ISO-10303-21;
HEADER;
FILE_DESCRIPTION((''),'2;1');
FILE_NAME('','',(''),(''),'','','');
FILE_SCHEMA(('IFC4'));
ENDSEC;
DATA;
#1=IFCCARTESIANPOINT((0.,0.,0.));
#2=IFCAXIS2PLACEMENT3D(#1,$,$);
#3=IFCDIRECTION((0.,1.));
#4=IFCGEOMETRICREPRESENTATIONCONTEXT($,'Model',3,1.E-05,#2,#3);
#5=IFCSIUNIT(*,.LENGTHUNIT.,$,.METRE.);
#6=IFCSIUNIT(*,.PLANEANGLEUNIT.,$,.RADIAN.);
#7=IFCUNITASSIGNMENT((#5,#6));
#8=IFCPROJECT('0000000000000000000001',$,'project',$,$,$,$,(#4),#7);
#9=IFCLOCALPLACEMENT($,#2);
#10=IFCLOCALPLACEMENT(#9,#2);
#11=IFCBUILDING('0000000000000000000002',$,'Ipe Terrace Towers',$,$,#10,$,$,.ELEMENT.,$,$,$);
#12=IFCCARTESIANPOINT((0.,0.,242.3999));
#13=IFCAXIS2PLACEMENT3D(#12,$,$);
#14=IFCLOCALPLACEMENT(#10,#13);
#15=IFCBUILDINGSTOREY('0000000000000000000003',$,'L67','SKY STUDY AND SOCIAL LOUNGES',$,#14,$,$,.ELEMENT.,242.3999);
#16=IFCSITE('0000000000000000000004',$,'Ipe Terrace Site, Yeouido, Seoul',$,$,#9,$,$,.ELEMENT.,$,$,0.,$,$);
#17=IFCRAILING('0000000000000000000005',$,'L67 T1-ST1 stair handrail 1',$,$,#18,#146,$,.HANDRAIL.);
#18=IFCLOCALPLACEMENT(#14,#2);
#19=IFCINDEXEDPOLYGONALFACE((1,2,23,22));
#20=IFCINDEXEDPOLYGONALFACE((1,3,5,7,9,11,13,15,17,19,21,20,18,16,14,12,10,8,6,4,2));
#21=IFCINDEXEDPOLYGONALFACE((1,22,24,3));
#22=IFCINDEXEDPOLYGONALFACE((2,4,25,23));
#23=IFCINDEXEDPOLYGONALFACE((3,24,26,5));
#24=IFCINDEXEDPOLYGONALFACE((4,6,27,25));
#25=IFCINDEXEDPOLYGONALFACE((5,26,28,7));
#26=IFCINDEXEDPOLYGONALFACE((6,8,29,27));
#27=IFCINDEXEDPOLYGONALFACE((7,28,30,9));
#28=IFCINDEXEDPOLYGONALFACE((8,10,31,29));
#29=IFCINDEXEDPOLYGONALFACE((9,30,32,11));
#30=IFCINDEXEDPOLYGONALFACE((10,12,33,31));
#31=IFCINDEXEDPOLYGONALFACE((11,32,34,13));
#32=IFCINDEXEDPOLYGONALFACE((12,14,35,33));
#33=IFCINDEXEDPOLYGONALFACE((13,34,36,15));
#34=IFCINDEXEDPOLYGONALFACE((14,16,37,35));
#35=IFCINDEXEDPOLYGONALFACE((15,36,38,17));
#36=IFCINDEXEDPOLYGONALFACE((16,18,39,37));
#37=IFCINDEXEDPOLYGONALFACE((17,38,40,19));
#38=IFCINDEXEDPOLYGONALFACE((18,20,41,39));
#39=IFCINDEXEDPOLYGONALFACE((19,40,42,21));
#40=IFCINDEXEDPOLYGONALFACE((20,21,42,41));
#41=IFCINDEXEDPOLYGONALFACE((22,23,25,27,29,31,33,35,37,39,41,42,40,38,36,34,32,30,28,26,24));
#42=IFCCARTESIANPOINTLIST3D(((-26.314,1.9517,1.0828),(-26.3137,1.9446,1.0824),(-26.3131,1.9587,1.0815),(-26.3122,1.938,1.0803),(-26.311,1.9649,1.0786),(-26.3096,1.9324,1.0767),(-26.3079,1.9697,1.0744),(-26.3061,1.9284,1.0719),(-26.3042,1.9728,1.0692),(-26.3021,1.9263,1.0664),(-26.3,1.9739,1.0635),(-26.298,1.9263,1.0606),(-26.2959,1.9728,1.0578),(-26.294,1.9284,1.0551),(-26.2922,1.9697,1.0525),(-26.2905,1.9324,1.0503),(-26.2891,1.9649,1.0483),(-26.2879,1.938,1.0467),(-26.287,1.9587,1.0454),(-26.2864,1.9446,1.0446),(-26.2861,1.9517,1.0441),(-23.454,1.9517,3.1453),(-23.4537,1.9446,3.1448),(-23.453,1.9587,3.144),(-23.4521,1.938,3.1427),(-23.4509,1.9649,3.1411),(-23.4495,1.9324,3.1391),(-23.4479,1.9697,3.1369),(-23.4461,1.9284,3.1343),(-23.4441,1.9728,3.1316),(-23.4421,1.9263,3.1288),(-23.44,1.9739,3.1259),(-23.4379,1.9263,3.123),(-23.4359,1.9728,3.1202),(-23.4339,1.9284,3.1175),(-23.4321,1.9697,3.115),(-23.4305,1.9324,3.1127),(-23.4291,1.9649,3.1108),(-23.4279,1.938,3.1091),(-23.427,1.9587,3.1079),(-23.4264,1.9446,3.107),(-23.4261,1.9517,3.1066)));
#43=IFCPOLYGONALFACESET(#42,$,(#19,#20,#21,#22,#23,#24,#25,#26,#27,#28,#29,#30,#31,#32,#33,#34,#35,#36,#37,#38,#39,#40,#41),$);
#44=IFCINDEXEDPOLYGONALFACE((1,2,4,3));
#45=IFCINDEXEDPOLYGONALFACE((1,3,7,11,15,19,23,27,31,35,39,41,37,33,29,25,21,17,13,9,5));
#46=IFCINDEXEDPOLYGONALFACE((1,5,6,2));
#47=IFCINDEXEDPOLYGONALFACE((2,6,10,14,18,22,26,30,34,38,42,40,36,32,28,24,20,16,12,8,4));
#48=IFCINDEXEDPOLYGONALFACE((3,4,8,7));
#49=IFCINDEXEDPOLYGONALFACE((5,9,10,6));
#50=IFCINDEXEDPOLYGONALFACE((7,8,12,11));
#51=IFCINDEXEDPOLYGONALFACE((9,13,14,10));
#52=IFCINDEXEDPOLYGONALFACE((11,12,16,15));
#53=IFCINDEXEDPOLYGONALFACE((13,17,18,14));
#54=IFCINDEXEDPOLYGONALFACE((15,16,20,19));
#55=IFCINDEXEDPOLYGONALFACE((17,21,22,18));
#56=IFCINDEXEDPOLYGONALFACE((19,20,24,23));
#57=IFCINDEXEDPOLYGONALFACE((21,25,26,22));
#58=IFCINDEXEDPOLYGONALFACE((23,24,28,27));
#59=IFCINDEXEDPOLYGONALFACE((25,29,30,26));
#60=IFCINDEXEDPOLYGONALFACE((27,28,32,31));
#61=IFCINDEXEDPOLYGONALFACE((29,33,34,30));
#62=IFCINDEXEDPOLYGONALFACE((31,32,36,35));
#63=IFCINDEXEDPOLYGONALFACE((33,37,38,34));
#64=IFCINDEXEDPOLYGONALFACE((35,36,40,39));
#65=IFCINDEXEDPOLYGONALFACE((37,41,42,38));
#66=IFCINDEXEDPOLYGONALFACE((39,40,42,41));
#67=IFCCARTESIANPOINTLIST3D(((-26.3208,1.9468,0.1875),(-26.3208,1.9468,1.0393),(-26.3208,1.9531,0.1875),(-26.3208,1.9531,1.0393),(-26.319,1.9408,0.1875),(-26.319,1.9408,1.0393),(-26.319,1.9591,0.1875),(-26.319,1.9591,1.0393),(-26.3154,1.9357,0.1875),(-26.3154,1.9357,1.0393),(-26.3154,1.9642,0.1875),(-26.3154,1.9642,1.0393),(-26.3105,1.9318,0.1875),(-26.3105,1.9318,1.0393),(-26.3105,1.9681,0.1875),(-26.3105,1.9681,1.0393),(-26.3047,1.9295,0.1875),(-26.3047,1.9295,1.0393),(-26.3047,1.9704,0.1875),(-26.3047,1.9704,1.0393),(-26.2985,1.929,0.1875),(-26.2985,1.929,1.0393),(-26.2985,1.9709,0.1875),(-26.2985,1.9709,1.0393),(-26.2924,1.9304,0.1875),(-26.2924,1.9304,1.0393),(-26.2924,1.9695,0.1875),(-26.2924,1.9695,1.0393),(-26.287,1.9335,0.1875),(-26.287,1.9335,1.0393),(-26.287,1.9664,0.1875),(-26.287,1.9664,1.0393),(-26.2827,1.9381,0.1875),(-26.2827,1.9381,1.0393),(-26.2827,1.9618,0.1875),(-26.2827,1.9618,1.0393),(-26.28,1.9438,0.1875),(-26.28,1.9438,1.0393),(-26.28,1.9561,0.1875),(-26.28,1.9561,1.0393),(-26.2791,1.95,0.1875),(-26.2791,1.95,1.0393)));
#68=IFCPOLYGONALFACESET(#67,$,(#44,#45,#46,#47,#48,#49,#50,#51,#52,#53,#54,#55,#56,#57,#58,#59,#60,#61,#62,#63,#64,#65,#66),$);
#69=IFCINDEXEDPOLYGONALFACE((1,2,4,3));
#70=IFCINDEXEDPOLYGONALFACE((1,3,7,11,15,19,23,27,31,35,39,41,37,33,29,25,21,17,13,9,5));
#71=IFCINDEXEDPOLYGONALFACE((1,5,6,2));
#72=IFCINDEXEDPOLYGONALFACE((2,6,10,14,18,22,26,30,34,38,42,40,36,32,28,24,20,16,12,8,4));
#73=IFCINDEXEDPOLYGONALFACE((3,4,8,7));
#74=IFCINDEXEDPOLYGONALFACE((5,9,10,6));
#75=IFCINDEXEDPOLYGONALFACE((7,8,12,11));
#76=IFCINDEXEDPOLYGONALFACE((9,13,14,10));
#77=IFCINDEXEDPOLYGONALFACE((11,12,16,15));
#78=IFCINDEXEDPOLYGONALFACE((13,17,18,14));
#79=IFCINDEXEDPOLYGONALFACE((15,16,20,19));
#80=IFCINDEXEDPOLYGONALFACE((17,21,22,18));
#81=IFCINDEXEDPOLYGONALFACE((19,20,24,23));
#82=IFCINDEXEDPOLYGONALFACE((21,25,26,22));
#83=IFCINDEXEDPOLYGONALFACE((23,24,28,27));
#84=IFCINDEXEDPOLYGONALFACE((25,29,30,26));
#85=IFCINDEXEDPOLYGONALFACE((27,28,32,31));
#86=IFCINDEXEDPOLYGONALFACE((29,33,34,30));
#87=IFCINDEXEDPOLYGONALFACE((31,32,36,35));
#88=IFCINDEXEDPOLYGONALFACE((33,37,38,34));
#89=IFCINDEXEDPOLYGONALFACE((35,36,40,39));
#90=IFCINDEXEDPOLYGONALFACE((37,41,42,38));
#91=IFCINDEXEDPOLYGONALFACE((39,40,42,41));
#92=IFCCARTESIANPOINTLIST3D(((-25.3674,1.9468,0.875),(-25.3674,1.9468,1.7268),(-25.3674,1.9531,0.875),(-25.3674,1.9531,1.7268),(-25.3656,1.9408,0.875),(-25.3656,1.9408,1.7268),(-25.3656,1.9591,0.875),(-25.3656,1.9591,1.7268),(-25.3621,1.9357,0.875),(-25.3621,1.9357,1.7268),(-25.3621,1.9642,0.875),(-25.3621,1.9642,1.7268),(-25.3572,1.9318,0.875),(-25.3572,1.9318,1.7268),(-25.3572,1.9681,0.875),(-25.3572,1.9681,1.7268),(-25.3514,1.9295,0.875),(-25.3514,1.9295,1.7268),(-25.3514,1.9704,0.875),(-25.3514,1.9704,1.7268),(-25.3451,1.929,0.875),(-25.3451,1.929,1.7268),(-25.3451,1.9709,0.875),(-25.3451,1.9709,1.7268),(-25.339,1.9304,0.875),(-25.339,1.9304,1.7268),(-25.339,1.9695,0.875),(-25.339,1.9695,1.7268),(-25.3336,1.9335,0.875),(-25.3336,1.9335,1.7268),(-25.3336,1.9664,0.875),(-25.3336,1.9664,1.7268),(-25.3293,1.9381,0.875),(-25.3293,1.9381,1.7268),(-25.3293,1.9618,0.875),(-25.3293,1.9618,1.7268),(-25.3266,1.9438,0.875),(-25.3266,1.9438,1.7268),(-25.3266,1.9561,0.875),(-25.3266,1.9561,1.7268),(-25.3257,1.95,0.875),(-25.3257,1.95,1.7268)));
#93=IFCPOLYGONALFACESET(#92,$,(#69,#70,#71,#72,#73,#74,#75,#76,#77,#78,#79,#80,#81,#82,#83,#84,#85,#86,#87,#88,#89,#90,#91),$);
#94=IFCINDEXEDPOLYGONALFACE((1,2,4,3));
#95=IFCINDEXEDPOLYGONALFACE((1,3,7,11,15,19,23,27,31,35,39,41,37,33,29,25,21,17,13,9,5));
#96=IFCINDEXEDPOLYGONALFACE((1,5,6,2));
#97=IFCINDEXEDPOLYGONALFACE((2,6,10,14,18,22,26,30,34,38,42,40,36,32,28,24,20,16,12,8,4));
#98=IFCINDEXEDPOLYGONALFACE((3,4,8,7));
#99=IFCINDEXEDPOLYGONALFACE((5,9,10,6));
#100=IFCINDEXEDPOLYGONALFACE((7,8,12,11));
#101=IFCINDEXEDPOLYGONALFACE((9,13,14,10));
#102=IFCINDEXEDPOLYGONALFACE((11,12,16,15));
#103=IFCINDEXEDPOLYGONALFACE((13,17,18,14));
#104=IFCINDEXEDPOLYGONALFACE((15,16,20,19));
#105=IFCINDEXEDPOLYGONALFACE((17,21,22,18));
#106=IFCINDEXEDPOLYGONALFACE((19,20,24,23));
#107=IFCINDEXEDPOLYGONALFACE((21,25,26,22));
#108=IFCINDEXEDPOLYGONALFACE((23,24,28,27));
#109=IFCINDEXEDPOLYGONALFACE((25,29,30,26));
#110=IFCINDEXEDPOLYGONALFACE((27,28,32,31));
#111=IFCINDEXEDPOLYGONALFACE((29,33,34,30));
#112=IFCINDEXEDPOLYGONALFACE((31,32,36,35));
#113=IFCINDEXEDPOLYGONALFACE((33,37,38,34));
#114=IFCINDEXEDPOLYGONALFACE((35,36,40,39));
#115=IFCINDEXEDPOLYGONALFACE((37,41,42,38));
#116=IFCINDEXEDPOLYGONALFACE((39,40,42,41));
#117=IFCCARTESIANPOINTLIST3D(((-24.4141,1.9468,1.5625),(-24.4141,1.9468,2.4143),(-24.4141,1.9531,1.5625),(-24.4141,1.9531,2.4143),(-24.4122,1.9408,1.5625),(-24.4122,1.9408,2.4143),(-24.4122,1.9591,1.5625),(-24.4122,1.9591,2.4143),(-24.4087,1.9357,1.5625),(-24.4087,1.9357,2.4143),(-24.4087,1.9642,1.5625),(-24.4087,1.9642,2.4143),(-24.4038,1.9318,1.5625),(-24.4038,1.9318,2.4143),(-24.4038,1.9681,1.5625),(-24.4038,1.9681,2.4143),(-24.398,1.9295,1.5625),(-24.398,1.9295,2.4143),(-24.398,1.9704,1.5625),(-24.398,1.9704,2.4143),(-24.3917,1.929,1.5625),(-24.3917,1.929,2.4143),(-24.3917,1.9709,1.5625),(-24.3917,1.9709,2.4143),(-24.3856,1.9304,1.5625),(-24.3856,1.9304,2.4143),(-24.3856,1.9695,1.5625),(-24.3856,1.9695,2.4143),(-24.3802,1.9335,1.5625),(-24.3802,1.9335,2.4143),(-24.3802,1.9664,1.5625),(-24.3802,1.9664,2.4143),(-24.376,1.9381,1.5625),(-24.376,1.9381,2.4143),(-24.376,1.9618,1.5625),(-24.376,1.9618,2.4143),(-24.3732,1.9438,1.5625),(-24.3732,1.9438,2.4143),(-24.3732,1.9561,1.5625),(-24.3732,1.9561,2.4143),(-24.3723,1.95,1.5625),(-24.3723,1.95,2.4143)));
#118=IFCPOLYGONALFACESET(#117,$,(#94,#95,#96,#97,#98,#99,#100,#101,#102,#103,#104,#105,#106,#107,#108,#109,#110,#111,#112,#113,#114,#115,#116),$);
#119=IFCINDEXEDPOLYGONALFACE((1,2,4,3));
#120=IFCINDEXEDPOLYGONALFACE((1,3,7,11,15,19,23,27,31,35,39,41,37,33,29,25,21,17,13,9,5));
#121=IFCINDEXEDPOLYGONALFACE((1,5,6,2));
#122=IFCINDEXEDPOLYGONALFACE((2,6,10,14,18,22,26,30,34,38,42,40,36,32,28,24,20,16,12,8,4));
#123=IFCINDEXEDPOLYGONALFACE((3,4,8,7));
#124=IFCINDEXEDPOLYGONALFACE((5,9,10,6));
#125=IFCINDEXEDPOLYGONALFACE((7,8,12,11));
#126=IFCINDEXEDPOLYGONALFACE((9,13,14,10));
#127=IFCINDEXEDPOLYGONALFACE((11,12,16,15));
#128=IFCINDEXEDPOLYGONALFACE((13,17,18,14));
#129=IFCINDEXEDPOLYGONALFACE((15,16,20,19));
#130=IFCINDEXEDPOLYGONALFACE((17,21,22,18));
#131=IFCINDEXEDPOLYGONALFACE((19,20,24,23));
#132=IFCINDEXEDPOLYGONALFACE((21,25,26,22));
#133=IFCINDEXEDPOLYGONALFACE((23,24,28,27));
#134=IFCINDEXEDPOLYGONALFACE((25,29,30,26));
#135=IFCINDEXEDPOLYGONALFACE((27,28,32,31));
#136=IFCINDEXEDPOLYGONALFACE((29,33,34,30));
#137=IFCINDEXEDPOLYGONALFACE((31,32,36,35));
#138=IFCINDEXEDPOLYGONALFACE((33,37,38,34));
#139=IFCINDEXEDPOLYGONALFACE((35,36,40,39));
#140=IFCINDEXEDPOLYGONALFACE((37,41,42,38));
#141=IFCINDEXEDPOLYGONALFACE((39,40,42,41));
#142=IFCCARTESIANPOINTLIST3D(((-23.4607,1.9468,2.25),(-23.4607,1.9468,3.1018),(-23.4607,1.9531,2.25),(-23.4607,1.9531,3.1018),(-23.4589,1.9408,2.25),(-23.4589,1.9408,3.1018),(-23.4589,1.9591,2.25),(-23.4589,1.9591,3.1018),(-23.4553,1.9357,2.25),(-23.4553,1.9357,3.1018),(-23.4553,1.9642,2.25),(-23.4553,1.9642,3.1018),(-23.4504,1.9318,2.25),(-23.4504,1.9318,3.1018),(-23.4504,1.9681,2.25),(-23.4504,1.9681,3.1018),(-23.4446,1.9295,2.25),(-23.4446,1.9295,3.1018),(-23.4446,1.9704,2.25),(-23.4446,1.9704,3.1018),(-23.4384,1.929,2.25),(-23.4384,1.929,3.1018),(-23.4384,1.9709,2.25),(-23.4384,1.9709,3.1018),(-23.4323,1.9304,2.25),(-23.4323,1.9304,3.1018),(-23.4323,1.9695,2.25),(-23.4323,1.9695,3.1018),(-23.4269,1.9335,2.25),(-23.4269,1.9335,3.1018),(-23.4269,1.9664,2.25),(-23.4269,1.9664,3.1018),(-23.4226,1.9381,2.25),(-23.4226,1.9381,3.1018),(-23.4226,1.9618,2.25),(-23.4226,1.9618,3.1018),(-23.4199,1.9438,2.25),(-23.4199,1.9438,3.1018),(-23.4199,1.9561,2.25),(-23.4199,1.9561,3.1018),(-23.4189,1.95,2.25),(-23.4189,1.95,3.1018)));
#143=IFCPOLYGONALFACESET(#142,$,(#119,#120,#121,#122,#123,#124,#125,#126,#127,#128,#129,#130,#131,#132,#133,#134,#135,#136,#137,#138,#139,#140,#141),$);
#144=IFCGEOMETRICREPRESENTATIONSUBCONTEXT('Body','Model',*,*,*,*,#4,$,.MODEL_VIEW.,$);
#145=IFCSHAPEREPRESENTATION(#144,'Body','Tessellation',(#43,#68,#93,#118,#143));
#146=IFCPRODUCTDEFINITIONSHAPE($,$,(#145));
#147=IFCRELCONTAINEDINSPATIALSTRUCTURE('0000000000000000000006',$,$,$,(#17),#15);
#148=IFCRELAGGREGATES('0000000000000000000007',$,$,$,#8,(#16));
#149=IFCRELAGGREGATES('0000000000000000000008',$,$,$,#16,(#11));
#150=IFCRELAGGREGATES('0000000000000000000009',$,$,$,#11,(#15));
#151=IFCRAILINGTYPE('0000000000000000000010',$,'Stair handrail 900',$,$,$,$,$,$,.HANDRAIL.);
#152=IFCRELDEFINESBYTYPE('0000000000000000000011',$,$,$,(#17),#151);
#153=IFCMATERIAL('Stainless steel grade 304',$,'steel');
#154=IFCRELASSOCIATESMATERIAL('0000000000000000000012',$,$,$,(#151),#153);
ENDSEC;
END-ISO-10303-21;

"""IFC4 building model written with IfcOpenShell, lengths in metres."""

from ifc_helpers import new_model, si_unit, direction, frame, origin, origin_2d, place, context, subcontext, project, spatial, circle, extrude, material, type_object, element, save


model = new_model("IFC4")

# Units and contexts
model_context = context("Model", 3, precision=1e-05, world=origin(), true_north=direction((0.0, 1.0)))
body_context = subcontext(model_context, "Body", "Model", "MODEL_VIEW")
ifc_project = project(units=[si_unit("LENGTHUNIT", "METRE"), si_unit("PLANEANGLEUNIT", "RADIAN")], contexts=[model_context])

# Site, building, storey
site_placement = place(None, origin())
site = spatial("IfcSite", under=ifc_project, at=site_placement, Name="Ipe Terrace Site, Yeouido, Seoul", CompositionType="ELEMENT", RefElevation=0.0)
building_placement = place(site_placement, origin())
building = spatial("IfcBuilding", under=site, at=building_placement, Name="Ipe Terrace Towers", CompositionType="ELEMENT")
storey_placement = place(building_placement, frame((0.0, 0.0, 242.3999)))
storey = spatial("IfcBuildingStorey", under=building, at=storey_placement, Name="L67", Description="SKY STUDY AND SOCIAL LOUNGES", CompositionType="ELEMENT", Elevation=242.3999)

# Railing
ifc_material_1 = material(Name="Stainless steel grade 304", Category="steel")
railing_type_1 = type_object("IfcRailingType", Name="Stair handrail 900", PredefinedType="HANDRAIL", material=ifc_material_1)
railing_1_placement = place(storey_placement, frame((-26.3, 1.95, 0.1875)))
element("IfcRailing", 1, at=railing_1_placement, inside=storey, type_object=railing_type_1, Name="L67 T1-ST1 stair handrail 1", PredefinedType="HANDRAIL", context=body_context, shape_type="SweptSolid", body=[
    extrude(circle(Radius=0.0239, at=origin_2d()), frame((0.0, 0.0, 0.876), z_axis=(0.811101, 0.0, 0.584906), x_axis=(0.0, 1.0, 0.0)), (0.0, 0.0, 1.0), 3.5261),
    extrude(circle(Radius=0.021, at=origin_2d()), origin(), (0.0, 0.0, 1.0), 0.8518),
    extrude(circle(Radius=0.021, at=origin_2d()), frame((0.9534, 0.0, 0.6875)), (0.0, 0.0, 1.0), 0.8518),
    extrude(circle(Radius=0.021, at=origin_2d()), frame((1.9067, 0.0, 1.375)), (0.0, 0.0, 1.0), 0.8518),
    extrude(circle(Radius=0.021, at=origin_2d()), frame((2.8601, 0.0, 2.0625)), (0.0, 0.0, 1.0), 0.8518),
])

save(model, "model.ifc")
